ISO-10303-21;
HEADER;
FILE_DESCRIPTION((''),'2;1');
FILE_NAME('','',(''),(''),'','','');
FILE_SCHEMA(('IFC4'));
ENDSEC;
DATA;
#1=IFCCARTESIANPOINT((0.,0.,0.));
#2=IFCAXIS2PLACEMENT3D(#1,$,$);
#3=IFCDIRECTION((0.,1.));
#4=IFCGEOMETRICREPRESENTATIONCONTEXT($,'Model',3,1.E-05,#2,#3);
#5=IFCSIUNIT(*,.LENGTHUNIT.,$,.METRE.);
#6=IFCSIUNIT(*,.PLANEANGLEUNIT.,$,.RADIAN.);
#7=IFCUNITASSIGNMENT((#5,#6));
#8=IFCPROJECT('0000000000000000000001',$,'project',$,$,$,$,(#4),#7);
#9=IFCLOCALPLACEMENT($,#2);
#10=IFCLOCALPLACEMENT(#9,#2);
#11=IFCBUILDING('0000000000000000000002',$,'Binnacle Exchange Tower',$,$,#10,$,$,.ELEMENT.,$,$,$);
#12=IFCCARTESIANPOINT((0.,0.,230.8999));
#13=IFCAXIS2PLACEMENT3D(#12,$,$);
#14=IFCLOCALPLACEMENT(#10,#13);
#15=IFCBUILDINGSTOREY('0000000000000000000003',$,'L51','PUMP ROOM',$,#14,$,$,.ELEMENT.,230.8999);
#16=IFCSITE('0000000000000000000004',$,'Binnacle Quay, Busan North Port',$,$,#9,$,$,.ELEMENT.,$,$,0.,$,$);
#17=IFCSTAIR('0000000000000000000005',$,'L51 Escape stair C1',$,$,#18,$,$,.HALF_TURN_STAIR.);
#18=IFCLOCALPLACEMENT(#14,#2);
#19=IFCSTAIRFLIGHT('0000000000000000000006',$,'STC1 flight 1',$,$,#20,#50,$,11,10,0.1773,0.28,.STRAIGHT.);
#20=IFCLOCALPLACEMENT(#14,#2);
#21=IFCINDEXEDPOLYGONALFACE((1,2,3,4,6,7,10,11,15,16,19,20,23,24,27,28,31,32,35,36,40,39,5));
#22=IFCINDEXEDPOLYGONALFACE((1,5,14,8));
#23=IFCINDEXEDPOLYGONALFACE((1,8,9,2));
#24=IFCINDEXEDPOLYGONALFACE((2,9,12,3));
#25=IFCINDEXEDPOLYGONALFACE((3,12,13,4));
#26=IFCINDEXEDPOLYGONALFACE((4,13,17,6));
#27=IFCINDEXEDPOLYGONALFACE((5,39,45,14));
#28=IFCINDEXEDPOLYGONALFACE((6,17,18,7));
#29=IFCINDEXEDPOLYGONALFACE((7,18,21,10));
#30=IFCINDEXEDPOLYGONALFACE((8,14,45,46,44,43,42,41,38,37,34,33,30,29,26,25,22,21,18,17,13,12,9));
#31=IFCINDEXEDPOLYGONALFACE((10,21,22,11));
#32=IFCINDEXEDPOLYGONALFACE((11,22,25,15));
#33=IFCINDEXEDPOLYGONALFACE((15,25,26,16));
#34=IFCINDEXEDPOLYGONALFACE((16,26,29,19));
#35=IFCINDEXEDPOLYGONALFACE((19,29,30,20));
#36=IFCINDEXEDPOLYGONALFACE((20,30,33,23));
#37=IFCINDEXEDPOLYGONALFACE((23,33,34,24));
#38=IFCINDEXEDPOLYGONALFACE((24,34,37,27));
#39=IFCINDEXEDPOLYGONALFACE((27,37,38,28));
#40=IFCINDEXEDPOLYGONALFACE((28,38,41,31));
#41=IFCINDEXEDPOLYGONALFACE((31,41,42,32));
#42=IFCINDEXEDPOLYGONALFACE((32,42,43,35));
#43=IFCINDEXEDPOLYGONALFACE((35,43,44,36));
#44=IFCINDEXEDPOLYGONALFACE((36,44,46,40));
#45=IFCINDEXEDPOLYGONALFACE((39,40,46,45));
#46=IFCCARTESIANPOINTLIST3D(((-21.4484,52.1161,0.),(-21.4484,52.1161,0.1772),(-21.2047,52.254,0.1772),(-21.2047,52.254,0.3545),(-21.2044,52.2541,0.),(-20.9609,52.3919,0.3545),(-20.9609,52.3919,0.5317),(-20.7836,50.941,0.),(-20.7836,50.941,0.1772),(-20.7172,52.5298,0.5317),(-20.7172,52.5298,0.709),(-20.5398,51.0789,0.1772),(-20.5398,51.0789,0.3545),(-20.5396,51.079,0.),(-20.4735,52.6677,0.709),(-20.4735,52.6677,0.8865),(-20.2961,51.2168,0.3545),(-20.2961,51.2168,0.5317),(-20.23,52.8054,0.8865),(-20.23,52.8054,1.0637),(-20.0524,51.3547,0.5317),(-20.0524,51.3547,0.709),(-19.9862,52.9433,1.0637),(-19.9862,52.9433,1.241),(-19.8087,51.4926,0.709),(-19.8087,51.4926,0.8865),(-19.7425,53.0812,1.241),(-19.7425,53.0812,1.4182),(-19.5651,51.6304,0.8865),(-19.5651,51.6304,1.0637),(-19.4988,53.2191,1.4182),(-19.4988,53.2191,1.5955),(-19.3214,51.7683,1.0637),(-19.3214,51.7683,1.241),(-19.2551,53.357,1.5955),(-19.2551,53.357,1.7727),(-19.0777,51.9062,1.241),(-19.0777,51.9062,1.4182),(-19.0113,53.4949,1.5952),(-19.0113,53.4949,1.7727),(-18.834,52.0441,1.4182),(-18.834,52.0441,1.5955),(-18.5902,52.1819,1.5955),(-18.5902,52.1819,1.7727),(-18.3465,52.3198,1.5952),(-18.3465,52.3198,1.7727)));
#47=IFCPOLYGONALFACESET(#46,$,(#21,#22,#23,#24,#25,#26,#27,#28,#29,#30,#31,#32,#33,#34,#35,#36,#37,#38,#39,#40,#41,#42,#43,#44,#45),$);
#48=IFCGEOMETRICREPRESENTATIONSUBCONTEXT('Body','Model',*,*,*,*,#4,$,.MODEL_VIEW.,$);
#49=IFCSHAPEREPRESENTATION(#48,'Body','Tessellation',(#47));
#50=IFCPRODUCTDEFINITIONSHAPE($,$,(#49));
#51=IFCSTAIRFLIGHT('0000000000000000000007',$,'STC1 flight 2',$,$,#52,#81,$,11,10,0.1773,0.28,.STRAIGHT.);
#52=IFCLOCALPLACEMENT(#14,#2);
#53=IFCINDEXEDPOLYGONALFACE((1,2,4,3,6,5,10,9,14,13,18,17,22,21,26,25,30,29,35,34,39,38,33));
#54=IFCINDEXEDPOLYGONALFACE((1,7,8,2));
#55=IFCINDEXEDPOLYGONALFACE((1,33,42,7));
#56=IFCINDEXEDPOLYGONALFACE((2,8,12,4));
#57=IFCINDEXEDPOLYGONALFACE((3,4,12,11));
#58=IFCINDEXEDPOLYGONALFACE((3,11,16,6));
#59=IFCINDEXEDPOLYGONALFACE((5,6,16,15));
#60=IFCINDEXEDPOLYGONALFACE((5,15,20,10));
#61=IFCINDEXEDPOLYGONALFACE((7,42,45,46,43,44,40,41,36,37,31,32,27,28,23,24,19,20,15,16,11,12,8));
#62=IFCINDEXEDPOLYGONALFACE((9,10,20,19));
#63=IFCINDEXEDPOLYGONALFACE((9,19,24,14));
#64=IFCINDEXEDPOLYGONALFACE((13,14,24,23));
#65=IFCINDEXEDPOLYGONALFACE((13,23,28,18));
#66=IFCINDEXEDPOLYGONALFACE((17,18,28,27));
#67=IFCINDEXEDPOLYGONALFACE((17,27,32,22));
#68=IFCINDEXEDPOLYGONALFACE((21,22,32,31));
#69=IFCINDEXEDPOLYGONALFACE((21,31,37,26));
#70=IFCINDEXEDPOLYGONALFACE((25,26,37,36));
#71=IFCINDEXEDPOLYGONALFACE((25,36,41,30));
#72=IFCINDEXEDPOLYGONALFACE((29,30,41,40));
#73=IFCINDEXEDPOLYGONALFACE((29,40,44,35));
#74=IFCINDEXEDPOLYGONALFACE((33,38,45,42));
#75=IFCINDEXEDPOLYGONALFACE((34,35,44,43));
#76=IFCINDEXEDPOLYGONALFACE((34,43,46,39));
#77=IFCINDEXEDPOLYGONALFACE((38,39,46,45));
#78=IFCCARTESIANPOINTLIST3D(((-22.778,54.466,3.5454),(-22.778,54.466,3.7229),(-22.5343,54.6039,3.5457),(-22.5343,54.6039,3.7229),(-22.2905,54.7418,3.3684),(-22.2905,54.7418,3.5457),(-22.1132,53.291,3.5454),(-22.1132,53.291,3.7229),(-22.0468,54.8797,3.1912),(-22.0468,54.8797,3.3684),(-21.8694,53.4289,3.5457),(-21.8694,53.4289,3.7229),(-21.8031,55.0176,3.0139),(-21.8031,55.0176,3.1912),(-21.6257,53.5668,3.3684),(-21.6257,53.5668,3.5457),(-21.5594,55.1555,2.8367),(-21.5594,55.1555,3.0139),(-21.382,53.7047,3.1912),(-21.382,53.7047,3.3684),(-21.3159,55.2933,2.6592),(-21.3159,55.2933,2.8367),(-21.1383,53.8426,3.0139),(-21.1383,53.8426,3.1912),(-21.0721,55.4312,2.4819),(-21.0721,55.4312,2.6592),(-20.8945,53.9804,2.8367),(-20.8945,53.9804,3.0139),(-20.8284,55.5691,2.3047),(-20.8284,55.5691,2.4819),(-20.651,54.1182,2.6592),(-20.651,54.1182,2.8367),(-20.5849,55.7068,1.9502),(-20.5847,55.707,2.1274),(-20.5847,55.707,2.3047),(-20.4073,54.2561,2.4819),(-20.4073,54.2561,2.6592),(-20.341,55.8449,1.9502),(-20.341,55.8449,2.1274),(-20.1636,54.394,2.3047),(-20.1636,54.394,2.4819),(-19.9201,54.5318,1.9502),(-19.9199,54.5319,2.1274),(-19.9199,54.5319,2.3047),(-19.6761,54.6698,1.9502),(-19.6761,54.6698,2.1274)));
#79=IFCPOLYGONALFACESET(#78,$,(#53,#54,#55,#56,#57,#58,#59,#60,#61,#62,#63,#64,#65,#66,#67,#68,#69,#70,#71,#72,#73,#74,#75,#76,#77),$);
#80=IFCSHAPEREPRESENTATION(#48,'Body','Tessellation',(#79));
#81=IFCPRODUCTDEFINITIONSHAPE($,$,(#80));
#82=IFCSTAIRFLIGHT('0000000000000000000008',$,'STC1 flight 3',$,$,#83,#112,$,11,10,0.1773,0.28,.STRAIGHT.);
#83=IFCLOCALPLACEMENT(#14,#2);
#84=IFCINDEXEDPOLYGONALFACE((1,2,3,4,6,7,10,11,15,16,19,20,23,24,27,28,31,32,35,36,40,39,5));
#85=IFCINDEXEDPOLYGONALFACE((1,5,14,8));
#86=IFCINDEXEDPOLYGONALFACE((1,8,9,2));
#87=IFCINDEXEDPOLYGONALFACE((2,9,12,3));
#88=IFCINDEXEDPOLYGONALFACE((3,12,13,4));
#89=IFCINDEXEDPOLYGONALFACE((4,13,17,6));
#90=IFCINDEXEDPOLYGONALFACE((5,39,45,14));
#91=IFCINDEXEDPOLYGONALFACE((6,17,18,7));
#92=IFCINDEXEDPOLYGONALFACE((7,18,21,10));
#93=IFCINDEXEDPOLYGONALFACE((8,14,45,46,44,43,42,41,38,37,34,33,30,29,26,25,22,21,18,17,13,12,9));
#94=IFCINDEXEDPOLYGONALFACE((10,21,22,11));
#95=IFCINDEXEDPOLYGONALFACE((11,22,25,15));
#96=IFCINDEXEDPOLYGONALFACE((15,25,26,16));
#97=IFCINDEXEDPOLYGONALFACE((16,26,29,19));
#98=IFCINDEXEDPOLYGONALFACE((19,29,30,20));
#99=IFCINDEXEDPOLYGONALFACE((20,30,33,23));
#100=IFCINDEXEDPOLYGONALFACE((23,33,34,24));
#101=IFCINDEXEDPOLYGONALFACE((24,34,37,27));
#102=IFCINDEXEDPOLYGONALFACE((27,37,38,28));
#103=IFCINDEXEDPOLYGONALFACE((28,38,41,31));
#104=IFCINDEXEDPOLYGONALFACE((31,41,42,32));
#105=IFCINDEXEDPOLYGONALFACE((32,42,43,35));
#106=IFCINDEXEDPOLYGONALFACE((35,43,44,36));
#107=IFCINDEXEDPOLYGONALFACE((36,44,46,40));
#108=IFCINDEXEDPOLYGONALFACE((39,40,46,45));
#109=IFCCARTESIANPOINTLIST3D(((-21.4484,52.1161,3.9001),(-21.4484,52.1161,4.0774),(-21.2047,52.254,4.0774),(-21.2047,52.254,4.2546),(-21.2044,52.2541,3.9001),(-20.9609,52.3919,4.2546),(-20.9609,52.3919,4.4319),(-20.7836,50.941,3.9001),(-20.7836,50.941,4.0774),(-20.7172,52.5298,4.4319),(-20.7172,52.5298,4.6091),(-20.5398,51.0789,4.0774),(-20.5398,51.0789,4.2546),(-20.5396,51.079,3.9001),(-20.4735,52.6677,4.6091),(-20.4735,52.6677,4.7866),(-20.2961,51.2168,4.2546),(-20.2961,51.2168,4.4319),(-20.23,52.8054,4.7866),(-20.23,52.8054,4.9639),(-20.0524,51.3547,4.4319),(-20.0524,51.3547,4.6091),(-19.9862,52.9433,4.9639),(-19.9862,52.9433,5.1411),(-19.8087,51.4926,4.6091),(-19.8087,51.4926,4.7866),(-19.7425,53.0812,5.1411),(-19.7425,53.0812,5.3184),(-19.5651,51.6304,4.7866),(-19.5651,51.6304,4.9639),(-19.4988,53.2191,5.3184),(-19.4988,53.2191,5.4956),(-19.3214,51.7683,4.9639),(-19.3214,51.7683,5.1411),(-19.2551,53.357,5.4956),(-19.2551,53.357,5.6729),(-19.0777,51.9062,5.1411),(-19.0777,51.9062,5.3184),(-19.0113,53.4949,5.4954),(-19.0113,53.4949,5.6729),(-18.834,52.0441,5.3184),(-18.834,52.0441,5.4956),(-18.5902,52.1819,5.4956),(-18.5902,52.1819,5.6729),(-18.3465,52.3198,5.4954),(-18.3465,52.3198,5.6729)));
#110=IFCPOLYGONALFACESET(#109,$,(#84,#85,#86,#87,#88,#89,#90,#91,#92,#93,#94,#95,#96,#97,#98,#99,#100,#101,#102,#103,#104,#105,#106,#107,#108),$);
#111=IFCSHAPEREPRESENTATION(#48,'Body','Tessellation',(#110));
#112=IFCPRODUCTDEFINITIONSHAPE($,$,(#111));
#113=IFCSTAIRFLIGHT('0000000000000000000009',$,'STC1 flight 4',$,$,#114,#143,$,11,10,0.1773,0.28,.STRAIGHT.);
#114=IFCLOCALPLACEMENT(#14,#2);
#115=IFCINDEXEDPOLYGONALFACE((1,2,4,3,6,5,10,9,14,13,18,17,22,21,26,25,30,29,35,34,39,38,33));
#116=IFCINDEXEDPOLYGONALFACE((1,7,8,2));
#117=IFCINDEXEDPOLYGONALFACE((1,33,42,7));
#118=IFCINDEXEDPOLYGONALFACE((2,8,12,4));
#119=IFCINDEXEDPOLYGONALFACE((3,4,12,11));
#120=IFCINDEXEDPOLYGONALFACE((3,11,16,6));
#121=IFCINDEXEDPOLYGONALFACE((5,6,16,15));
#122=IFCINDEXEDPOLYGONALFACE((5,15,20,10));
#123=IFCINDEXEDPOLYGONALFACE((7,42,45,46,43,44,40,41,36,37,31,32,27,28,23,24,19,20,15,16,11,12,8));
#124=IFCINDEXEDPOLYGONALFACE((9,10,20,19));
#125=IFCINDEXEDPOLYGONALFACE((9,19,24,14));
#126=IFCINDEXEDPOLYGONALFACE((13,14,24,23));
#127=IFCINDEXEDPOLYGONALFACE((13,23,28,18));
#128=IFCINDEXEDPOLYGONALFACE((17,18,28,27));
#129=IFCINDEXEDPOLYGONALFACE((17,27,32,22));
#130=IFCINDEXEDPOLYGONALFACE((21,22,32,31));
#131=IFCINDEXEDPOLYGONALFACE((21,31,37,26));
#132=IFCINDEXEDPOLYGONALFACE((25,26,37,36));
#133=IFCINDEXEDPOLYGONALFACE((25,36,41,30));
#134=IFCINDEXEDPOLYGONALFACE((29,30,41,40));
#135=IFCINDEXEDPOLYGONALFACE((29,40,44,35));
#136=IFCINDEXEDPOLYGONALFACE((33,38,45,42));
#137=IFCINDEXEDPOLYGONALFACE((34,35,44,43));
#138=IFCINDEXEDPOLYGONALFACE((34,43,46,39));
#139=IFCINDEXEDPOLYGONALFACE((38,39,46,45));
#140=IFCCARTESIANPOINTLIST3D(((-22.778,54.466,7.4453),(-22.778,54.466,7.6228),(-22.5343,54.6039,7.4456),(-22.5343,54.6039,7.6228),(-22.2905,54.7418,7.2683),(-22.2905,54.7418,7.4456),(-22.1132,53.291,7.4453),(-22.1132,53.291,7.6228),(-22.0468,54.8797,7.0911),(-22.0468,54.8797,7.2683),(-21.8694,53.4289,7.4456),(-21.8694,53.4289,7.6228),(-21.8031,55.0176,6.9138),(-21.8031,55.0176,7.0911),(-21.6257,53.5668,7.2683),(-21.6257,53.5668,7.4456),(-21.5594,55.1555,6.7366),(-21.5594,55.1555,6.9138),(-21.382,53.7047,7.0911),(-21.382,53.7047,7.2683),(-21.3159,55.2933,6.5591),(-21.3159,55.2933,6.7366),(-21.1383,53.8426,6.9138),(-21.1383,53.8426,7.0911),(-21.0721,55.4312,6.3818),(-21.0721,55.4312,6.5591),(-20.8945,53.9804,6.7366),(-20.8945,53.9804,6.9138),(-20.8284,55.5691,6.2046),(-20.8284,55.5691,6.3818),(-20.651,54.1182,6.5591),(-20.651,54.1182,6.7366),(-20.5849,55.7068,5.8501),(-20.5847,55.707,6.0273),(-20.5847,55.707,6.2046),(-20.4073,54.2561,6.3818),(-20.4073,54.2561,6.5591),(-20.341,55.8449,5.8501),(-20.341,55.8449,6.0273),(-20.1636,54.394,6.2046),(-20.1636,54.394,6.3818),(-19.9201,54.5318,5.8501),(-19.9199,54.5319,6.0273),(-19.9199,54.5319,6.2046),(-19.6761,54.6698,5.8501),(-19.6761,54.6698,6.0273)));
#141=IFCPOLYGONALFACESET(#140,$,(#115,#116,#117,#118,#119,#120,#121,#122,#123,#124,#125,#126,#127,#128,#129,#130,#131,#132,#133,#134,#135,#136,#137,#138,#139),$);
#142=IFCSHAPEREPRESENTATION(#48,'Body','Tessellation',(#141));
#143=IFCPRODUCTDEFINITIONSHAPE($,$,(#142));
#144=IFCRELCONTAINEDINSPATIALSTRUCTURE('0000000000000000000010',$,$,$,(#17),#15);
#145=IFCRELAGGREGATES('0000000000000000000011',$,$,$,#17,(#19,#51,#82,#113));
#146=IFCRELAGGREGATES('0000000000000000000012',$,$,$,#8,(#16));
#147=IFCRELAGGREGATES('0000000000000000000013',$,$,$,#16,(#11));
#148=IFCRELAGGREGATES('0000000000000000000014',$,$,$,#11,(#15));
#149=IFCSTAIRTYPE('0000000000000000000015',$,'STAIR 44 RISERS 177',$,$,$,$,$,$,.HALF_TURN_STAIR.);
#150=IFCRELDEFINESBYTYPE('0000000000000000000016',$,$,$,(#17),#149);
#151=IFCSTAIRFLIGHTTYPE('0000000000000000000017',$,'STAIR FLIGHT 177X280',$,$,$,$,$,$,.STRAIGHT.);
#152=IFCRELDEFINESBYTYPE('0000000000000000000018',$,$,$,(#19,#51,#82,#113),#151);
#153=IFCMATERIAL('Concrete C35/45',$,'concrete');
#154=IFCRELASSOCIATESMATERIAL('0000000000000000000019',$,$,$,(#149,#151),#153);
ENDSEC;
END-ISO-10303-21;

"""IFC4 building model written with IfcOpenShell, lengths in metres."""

from ifc_helpers import new_model, si_unit, direction, frame, origin, place, context, subcontext, project, spatial, polyline, outline, extrude, material, type_object, element, aggregate, save


model = new_model("IFC4")

# Units and contexts
model_context = context("Model", 3, precision=1e-05, world=origin(), true_north=direction((0.0, 1.0)))
body_context = subcontext(model_context, "Body", "Model", "MODEL_VIEW")
ifc_project = project(units=[si_unit("LENGTHUNIT", "METRE"), si_unit("PLANEANGLEUNIT", "RADIAN")], contexts=[model_context])

# Site, building, storey
site_placement = place(None, origin())
site = spatial("IfcSite", under=ifc_project, at=site_placement, Name="Binnacle Quay, Busan North Port", CompositionType="ELEMENT", RefElevation=0.0)
building_placement = place(site_placement, origin())
building = spatial("IfcBuilding", under=site, at=building_placement, Name="Binnacle Exchange Tower", CompositionType="ELEMENT")
storey_placement = place(building_placement, frame((0.0, 0.0, 230.8999)))
storey = spatial("IfcBuildingStorey", under=building, at=storey_placement, Name="L51", Description="PUMP ROOM", CompositionType="ELEMENT", Elevation=230.8999)

# Stair, stair flights
ifc_material_1 = material(Name="Concrete C35/45", Category="concrete")
stair_type = type_object("IfcStairType", Name="STAIR 44 RISERS 177", PredefinedType="HALF_TURN_STAIR", material=ifc_material_1)
stair_placement = place(storey_placement, origin())
stair = element("IfcStair", 1, at=stair_placement, inside=storey, type_object=stair_type, Name="L51 Escape stair C1", PredefinedType="HALF_TURN_STAIR")
stair_flight_type = type_object("IfcStairFlightType", Name="STAIR FLIGHT 177X280", PredefinedType="STRAIGHT", material=ifc_material_1)
stair_flight_1_placement = place(storey_placement, frame((-21.116, 51.5286, 0.0), z_axis=(0.0, 0.0, 1.0), x_axis=(0.870356, 0.492424, 0.0)))
stair_flight_1 = element("IfcStairFlight", 2, at=stair_flight_1_placement, type_object=stair_flight_type, Name="STC1 flight 1", NumberOfRisers=11, NumberOfTreads=10, PredefinedType="STRAIGHT", RiserHeight=0.1773, TreadLength=0.28, context=body_context, shape_type="SweptSolid", body=[
    extrude(outline(polyline([(0.0, 0.0), (0.0, 0.1772), (0.28, 0.1772), (0.28, 0.3545), (0.5601, 0.3545), (0.5601, 0.5317), (0.8401, 0.5317), (0.8401, 0.709), (1.1201, 0.709), (1.1201, 0.8865), (1.3999, 0.8865), (1.3999, 1.0637), (1.6799, 1.0637), (1.6799, 1.241), (1.96, 1.241), (1.96, 1.4182), (2.24, 1.4182), (2.24, 1.5955), (2.52, 1.5955), (2.52, 1.7727), (2.8, 1.7727), (2.8, 1.95), (2.8, 1.5952), (0.2803, 0.0), (0.0, 0.0)])), frame((0.0, 0.675, 0.0), z_axis=(0.0, -1.0, 0.0), x_axis=(1.0, 0.0, 0.0)), (0.0, 0.0, 1.0), 1.3501),
])
stair_flight_2_placement = place(storey_placement, frame((-20.0085, 55.2573, 1.9502), z_axis=(0.0, 0.0, 1.0), x_axis=(-0.870356, -0.492424, 0.0)))
stair_flight_2 = element("IfcStairFlight", 3, at=stair_flight_2_placement, type_object=stair_flight_type, Name="STC1 flight 2", NumberOfRisers=11, NumberOfTreads=10, PredefinedType="STRAIGHT", RiserHeight=0.1773, TreadLength=0.28, context=body_context, shape_type="SweptSolid", body=[
    extrude(outline(polyline([(0.0, 0.0), (0.0, 0.1772), (0.28, 0.1772), (0.28, 0.3545), (0.5601, 0.3545), (0.5601, 0.5317), (0.8401, 0.5317), (0.8401, 0.709), (1.1201, 0.709), (1.1201, 0.8865), (1.3999, 0.8865), (1.3999, 1.0637), (1.6799, 1.0637), (1.6799, 1.241), (1.96, 1.241), (1.96, 1.4182), (2.24, 1.4182), (2.24, 1.5955), (2.52, 1.5955), (2.52, 1.7727), (2.8, 1.7727), (2.8, 1.95), (2.8, 1.5952), (0.2803, 0.0), (0.0, 0.0)])), frame((0.0, 0.675, 0.0), z_axis=(0.0, -1.0, 0.0), x_axis=(1.0, 0.0, 0.0)), (0.0, 0.0, 1.0), 1.3501),
])
stair_flight_3_placement = place(storey_placement, frame((-21.116, 51.5286, 3.9001), z_axis=(0.0, 0.0, 1.0), x_axis=(0.870356, 0.492424, 0.0)))
stair_flight_3 = element("IfcStairFlight", 4, at=stair_flight_3_placement, type_object=stair_flight_type, Name="STC1 flight 3", NumberOfRisers=11, NumberOfTreads=10, PredefinedType="STRAIGHT", RiserHeight=0.1773, TreadLength=0.28, context=body_context, shape_type="SweptSolid", body=[
    extrude(outline(polyline([(0.0, 0.0), (0.0, 0.1772), (0.28, 0.1772), (0.28, 0.3545), (0.5601, 0.3545), (0.5601, 0.5317), (0.8401, 0.5317), (0.8401, 0.709), (1.1201, 0.709), (1.1201, 0.8865), (1.3999, 0.8865), (1.3999, 1.0637), (1.6799, 1.0637), (1.6799, 1.241), (1.96, 1.241), (1.96, 1.4182), (2.24, 1.4182), (2.24, 1.5955), (2.52, 1.5955), (2.52, 1.7727), (2.8, 1.7727), (2.8, 1.95), (2.8, 1.5952), (0.2803, 0.0), (0.0, 0.0)])), frame((0.0, 0.675, 0.0), z_axis=(0.0, -1.0, 0.0), x_axis=(1.0, 0.0, 0.0)), (0.0, 0.0, 1.0), 1.3501),
])
stair_flight_4_placement = place(storey_placement, frame((-20.0085, 55.2573, 5.8501), z_axis=(0.0, 0.0, 1.0), x_axis=(-0.870356, -0.492424, 0.0)))
stair_flight_4 = element("IfcStairFlight", 5, at=stair_flight_4_placement, type_object=stair_flight_type, Name="STC1 flight 4", NumberOfRisers=11, NumberOfTreads=10, PredefinedType="STRAIGHT", RiserHeight=0.1773, TreadLength=0.28, context=body_context, shape_type="SweptSolid", body=[
    extrude(outline(polyline([(0.0, 0.0), (0.0, 0.1772), (0.28, 0.1772), (0.28, 0.3545), (0.5601, 0.3545), (0.5601, 0.5317), (0.8401, 0.5317), (0.8401, 0.709), (1.1201, 0.709), (1.1201, 0.8865), (1.3999, 0.8865), (1.3999, 1.0637), (1.6799, 1.0637), (1.6799, 1.241), (1.96, 1.241), (1.96, 1.4182), (2.24, 1.4182), (2.24, 1.5955), (2.52, 1.5955), (2.52, 1.7727), (2.8, 1.7727), (2.8, 1.95), (2.8, 1.5952), (0.2803, 0.0), (0.0, 0.0)])), frame((0.0, 0.675, 0.0), z_axis=(0.0, -1.0, 0.0), x_axis=(1.0, 0.0, 0.0)), (0.0, 0.0, 1.0), 1.3501),
])
aggregate(stair, [stair_flight_1, stair_flight_2, stair_flight_3, stair_flight_4])

save(model, "model.ifc")
